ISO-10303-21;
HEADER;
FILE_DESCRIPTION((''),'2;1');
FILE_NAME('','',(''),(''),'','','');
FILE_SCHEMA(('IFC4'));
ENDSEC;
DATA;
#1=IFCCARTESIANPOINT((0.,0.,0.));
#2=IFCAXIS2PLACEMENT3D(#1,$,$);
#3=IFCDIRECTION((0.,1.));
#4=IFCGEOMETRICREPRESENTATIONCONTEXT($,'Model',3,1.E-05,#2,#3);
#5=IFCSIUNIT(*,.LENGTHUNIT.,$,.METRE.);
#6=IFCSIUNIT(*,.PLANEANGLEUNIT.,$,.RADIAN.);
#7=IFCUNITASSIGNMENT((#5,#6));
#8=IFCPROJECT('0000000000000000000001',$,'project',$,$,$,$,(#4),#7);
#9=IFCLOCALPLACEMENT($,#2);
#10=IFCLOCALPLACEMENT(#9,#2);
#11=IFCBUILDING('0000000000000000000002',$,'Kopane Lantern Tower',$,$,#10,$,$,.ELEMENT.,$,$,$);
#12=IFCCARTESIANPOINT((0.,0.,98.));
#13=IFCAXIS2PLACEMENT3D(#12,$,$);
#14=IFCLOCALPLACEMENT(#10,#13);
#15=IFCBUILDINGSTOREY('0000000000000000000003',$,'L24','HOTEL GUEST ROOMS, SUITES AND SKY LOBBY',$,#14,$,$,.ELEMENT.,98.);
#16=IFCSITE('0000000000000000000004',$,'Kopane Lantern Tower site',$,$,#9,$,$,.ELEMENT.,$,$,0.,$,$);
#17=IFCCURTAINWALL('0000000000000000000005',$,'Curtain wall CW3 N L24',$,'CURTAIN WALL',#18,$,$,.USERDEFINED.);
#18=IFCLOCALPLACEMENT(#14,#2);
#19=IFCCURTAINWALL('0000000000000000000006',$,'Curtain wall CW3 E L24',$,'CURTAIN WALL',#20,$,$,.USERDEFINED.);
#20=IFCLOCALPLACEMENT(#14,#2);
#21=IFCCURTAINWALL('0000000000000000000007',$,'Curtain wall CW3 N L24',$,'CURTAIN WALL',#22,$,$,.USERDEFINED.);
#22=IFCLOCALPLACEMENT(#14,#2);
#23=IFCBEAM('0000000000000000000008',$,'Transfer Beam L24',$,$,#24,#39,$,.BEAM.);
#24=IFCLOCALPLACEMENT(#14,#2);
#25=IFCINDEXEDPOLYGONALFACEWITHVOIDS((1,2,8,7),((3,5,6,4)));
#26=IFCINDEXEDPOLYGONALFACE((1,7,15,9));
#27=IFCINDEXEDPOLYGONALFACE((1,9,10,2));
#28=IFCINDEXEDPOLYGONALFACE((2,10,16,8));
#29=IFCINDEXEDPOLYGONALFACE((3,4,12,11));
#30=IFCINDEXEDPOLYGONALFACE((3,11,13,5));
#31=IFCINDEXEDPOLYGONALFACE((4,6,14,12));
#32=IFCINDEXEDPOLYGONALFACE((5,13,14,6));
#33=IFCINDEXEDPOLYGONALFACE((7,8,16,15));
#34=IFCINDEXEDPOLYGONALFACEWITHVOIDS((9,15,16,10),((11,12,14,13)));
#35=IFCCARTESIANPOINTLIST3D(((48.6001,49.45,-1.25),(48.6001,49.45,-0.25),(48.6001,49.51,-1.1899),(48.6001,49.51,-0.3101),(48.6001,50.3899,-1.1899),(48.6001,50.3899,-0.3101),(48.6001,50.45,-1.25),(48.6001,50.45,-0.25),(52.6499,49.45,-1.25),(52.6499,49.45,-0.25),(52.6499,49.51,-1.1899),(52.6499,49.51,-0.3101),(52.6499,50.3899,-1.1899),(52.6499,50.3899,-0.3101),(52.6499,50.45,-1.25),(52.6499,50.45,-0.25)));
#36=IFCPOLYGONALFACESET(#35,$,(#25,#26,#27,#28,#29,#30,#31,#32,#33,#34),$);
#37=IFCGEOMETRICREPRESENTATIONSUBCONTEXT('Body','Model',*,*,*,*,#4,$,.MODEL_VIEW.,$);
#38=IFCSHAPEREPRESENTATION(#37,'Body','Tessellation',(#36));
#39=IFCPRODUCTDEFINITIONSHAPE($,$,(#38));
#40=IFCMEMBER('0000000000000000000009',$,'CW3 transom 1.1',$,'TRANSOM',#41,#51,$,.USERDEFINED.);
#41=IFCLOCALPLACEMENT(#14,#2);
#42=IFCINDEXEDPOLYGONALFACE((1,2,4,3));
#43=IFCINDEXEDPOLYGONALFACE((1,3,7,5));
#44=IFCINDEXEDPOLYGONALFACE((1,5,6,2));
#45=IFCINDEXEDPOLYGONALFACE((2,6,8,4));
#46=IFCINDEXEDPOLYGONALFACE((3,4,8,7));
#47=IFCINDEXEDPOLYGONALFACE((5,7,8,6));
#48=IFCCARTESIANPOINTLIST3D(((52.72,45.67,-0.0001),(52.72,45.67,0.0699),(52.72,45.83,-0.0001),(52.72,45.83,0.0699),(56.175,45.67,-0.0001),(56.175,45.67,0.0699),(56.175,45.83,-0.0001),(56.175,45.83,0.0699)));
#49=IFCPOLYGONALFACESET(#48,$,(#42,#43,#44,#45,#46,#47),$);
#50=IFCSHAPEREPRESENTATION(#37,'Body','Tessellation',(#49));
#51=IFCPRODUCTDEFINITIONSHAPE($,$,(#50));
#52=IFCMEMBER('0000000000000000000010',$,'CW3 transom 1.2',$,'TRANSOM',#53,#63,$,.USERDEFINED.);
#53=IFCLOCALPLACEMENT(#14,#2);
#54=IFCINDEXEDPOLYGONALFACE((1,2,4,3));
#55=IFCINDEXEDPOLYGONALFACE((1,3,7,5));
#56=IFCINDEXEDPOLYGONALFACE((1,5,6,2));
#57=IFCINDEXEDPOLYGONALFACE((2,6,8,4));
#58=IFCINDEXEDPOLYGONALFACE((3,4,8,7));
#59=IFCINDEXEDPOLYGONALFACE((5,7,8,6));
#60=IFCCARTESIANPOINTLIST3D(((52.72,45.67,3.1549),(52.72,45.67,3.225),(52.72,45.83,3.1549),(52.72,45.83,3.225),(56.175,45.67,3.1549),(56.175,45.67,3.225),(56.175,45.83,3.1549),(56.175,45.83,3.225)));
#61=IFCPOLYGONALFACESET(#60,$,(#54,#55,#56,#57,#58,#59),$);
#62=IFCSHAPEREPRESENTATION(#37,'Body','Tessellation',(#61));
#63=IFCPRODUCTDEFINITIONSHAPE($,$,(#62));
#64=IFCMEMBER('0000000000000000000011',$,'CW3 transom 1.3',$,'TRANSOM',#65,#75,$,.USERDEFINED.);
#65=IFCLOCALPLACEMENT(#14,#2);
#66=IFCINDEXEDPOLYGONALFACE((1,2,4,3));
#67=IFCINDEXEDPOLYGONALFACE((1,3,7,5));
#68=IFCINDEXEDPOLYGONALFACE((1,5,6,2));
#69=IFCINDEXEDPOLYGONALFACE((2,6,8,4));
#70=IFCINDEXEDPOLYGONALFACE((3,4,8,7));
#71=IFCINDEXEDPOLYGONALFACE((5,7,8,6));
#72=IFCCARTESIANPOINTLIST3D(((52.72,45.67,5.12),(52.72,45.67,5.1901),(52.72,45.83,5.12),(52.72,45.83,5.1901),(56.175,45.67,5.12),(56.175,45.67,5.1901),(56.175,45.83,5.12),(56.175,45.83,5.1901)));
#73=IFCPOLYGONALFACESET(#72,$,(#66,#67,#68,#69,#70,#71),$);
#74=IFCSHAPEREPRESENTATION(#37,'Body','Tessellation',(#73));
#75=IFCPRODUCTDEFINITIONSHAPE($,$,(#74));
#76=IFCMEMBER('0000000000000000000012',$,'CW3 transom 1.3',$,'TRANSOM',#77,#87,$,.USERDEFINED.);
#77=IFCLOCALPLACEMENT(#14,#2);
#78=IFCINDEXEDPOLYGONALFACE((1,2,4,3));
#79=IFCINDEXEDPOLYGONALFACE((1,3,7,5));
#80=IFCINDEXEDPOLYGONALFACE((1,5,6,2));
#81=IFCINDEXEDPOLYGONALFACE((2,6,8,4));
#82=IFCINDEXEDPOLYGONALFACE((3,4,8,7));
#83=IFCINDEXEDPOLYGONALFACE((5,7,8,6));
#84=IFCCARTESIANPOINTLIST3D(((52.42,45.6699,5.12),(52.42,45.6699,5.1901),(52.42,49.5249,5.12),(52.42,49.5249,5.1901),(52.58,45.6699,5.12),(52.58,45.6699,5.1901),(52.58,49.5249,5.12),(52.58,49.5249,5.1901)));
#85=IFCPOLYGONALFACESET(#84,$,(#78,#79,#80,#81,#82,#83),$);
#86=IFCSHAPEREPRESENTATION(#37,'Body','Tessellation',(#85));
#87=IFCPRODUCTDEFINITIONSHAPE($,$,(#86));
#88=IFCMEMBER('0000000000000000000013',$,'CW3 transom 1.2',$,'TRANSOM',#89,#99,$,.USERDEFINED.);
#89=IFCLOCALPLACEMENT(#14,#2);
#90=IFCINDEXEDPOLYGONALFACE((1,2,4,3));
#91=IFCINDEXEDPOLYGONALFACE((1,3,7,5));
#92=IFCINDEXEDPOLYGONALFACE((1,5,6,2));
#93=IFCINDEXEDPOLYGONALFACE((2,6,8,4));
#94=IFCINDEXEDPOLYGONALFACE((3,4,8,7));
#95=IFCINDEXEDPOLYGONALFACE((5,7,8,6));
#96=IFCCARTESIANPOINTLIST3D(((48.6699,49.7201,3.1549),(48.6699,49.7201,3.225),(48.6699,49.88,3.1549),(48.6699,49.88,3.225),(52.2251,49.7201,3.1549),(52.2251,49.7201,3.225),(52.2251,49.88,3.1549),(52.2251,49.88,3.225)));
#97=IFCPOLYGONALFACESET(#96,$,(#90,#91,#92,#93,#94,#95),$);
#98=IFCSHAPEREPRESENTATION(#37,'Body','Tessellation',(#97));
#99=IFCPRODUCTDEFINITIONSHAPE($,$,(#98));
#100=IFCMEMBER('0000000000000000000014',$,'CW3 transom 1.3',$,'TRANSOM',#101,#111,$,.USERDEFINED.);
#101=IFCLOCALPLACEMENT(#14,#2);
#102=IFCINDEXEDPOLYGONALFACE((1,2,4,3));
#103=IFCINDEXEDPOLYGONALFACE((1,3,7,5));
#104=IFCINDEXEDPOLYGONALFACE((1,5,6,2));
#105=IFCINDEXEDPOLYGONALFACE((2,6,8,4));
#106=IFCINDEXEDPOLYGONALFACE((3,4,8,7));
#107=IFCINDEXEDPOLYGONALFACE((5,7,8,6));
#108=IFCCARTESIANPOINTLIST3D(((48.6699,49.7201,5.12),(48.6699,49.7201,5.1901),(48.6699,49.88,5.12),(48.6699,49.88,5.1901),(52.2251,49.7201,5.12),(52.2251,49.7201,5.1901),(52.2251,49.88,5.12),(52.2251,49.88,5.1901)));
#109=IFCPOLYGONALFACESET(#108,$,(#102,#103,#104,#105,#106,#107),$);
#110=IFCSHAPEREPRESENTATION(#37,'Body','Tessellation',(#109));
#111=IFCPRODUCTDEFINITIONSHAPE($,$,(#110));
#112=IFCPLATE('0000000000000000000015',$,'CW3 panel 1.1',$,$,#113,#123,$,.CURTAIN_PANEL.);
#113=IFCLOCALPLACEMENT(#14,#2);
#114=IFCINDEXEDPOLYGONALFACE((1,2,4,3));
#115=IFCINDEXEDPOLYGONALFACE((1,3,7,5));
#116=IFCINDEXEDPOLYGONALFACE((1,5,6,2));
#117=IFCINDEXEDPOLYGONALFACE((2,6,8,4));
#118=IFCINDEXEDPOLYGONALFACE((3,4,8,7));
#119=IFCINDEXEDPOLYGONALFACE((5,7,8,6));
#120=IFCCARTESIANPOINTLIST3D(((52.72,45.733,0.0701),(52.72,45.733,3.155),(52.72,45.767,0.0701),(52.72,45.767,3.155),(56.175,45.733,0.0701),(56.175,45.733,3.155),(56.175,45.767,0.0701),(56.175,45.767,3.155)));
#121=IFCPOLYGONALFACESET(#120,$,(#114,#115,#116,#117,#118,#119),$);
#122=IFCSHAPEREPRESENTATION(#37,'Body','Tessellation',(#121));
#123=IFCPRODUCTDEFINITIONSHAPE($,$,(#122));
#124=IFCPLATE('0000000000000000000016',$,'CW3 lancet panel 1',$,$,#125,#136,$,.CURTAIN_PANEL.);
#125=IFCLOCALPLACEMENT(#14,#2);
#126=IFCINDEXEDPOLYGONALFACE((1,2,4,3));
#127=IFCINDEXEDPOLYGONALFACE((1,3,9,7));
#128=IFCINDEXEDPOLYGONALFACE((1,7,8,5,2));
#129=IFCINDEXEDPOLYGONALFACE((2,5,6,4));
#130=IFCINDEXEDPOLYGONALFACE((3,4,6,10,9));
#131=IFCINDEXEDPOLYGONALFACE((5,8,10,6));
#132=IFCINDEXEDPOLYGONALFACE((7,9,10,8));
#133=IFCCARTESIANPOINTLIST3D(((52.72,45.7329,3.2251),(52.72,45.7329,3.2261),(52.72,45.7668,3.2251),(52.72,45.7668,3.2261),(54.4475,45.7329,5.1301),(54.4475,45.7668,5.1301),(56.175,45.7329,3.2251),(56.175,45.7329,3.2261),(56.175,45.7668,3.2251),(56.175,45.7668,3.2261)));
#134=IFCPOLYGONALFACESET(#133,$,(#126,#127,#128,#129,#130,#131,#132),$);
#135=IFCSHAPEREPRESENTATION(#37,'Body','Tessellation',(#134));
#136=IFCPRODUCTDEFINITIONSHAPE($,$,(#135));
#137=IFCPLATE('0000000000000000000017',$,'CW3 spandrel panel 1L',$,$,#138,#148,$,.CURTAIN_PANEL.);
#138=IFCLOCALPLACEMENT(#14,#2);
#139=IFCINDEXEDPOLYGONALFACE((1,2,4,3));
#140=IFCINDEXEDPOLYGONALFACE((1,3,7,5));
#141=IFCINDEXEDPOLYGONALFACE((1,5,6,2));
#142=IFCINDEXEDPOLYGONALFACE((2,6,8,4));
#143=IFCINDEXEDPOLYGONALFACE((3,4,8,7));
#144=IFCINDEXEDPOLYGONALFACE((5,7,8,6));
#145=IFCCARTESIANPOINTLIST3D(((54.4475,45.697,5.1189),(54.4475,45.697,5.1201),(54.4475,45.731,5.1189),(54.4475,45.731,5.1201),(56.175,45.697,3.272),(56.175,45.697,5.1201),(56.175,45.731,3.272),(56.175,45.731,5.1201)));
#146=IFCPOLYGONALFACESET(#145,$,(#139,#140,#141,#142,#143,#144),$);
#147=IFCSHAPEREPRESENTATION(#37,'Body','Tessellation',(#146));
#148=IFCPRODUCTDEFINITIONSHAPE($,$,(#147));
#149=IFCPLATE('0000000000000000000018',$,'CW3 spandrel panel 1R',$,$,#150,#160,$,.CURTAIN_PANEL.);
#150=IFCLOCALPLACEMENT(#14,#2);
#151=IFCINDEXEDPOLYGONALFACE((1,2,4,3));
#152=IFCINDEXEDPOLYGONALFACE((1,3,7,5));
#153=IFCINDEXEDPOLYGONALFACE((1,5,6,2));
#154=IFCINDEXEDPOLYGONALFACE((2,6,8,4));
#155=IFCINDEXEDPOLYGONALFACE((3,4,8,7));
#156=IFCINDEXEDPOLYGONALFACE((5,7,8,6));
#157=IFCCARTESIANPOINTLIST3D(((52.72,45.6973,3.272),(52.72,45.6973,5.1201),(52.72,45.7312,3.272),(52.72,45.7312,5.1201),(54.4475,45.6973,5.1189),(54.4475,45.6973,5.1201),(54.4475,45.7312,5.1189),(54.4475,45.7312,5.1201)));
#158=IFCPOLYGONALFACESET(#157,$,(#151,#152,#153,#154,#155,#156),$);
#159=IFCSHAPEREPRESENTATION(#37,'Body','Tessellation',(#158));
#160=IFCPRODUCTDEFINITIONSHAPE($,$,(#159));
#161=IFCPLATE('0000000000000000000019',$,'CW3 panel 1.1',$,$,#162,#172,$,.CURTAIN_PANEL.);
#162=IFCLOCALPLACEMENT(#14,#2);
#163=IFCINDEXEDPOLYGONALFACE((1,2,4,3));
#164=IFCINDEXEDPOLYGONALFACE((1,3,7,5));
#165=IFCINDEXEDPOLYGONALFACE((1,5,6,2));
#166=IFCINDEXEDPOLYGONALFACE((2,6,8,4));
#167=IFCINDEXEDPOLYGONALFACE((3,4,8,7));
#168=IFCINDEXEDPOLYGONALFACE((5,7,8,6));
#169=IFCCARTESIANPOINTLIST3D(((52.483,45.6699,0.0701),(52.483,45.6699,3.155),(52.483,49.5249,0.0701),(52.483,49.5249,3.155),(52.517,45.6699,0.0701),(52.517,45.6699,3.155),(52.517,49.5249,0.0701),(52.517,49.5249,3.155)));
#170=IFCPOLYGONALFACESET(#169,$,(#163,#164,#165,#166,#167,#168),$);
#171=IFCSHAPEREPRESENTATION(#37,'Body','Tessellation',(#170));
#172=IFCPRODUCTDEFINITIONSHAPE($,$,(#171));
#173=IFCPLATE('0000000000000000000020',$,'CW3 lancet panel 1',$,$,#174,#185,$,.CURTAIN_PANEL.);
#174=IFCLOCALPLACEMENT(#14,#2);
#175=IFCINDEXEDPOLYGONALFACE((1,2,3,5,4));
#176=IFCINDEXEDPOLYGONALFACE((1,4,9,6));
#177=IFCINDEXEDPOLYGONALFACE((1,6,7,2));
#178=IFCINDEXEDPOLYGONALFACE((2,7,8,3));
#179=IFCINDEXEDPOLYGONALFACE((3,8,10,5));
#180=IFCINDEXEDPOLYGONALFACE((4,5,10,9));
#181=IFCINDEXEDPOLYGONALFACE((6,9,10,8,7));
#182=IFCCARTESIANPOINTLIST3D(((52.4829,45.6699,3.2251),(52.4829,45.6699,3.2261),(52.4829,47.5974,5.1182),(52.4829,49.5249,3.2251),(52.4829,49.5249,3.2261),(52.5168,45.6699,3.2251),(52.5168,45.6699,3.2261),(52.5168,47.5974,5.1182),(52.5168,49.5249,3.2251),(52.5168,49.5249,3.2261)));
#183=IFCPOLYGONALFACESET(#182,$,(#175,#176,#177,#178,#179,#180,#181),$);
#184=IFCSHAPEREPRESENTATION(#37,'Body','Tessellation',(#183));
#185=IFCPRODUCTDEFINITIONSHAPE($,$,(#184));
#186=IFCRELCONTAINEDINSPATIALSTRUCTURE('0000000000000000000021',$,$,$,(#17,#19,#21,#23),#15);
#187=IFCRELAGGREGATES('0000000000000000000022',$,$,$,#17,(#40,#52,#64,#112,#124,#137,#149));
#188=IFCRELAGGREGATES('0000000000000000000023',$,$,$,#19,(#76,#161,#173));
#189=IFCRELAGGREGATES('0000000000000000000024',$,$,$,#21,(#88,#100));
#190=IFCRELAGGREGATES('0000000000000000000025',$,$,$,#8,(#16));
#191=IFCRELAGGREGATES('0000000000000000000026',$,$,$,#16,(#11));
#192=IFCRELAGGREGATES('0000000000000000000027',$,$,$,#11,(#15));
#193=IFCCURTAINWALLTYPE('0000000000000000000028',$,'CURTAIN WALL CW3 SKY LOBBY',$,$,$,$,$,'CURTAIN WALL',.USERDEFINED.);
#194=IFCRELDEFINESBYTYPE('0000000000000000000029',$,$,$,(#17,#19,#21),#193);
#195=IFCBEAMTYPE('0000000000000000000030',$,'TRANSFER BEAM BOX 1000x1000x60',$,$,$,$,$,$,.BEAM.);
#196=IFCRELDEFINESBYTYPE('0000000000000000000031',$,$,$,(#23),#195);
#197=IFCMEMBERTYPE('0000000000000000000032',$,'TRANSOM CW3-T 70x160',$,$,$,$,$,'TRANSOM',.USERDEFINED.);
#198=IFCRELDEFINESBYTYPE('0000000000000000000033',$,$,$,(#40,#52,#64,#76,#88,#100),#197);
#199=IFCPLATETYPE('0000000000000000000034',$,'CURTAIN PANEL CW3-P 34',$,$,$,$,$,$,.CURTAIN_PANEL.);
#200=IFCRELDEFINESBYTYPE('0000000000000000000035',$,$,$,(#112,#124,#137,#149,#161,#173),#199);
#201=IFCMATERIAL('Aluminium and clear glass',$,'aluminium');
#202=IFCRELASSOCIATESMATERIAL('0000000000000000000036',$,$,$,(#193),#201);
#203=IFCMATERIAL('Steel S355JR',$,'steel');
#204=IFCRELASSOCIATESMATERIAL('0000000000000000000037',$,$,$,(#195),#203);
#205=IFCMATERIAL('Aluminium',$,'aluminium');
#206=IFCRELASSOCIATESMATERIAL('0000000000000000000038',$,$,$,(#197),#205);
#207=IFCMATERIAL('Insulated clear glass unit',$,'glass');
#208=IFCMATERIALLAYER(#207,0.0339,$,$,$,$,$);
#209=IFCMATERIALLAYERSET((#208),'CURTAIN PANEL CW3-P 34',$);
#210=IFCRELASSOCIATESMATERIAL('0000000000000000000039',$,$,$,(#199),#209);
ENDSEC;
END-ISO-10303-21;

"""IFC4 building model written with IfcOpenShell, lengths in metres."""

from ifc_helpers import new_model, si_unit, direction, frame, origin, origin_2d, place, context, subcontext, project, spatial, polyline, rectangle, hollow_rectangle, outline, extrude, material, layer, layer_set, material_profile, profile_set, type_object, element, aggregate, save


model = new_model("IFC4")

# Units and contexts
model_context = context("Model", 3, precision=1e-05, world=origin(), true_north=direction((0.0, 1.0)))
body_context = subcontext(model_context, "Body", "Model", "MODEL_VIEW")
ifc_project = project(units=[si_unit("LENGTHUNIT", "METRE"), si_unit("PLANEANGLEUNIT", "RADIAN")], contexts=[model_context])

# Site, building, storey
site_placement = place(None, origin())
site = spatial("IfcSite", under=ifc_project, at=site_placement, Name="Kopane Lantern Tower site", CompositionType="ELEMENT", RefElevation=0.0)
building_placement = place(site_placement, origin())
building = spatial("IfcBuilding", under=site, at=building_placement, Name="Kopane Lantern Tower", CompositionType="ELEMENT")
storey_placement = place(building_placement, frame((0.0, 0.0, 98.0)))
storey = spatial("IfcBuildingStorey", under=building, at=storey_placement, Name="L24", Description="HOTEL GUEST ROOMS, SUITES AND SKY LOBBY", CompositionType="ELEMENT", Elevation=98.0)

# Curtain walls
ifc_material_1 = material(Name="Aluminium and clear glass", Category="aluminium")
curtain_wall_type = type_object("IfcCurtainWallType", Name="CURTAIN WALL CW3 SKY LOBBY", ElementType="CURTAIN WALL", PredefinedType="USERDEFINED", material=ifc_material_1)
curtain_wall_1_placement = place(storey_placement, origin())
curtain_wall_1 = element("IfcCurtainWall", 1, at=curtain_wall_1_placement, inside=storey, type_object=curtain_wall_type, Name="Curtain wall CW3 N L24", ObjectType="CURTAIN WALL", PredefinedType="USERDEFINED")
curtain_wall_2_placement = place(storey_placement, origin())
curtain_wall_2 = element("IfcCurtainWall", 2, at=curtain_wall_2_placement, inside=storey, type_object=curtain_wall_type, Name="Curtain wall CW3 E L24", ObjectType="CURTAIN WALL", PredefinedType="USERDEFINED")

# Curtain wall
curtain_wall_3_placement = place(storey_placement, origin())
curtain_wall_3 = element("IfcCurtainWall", 3, at=curtain_wall_3_placement, inside=storey, type_object=curtain_wall_type, Name="Curtain wall CW3 N L24", ObjectType="CURTAIN WALL", PredefinedType="USERDEFINED")

# Beam
ifc_material_2 = material(Name="Steel S355JR", Category="steel")
ifc_material_profile_1 = material_profile(ifc_material_2, hollow_rectangle(XDim=1.0, YDim=1.0, WallThickness=0.0601, at=origin_2d()), Name="BOX 1000x1000x60")
ifc_profile_set_1 = profile_set([ifc_material_profile_1], Name="Steel S355JR")
beam_type_1 = type_object("IfcBeamType", Name="TRANSFER BEAM BOX 1000x1000x60", PredefinedType="BEAM", material=ifc_profile_set_1)
beam_1_placement = place(storey_placement, frame((52.6499, 49.95, -0.75), z_axis=(-1.0, 0.0, 0.0), x_axis=(0.0, -1.0, 0.0)))
element("IfcBeam", 4, at=beam_1_placement, inside=storey, type_object=beam_type_1, Name="Transfer Beam L24", PredefinedType="BEAM", context=body_context, shape_type="SweptSolid", body=[
    extrude(hollow_rectangle(XDim=1.0, YDim=1.0, WallThickness=0.0601, at=origin_2d()), origin(), (0.0, 0.0, 1.0), 4.0498),
])

# Members
ifc_material_3 = material(Name="Aluminium", Category="aluminium")
ifc_material_profile_2 = material_profile(ifc_material_3, rectangle(XDim=0.1599, YDim=0.0701, at=origin_2d()), Name="AL 160x70")
ifc_profile_set_2 = profile_set([ifc_material_profile_2], Name="Aluminium")
member_type_1 = type_object("IfcMemberType", Name="TRANSOM CW3-T 70x160", ElementType="TRANSOM", PredefinedType="USERDEFINED", material=ifc_profile_set_2)
member_1_placement = place(storey_placement, frame((56.175, 45.75, 0.0349), z_axis=(-1.0, 0.0, 0.0), x_axis=(0.0, -1.0, 0.0)))
member_1 = element("IfcMember", 5, at=member_1_placement, type_object=member_type_1, Name="CW3 transom 1.1", ObjectType="TRANSOM", PredefinedType="USERDEFINED", context=body_context, shape_type="SweptSolid", body=[
    extrude(rectangle(XDim=0.1599, YDim=0.0701, at=origin_2d()), origin(), (0.0, 0.0, 1.0), 3.4551),
])
member_2_placement = place(storey_placement, frame((56.175, 45.75, 3.1899), z_axis=(-1.0, 0.0, 0.0), x_axis=(0.0, -1.0, 0.0)))
member_2 = element("IfcMember", 6, at=member_2_placement, type_object=member_type_1, Name="CW3 transom 1.2", ObjectType="TRANSOM", PredefinedType="USERDEFINED", context=body_context, shape_type="SweptSolid", body=[
    extrude(rectangle(XDim=0.1599, YDim=0.0701, at=origin_2d()), origin(), (0.0, 0.0, 1.0), 3.4551),
])
member_3_placement = place(storey_placement, frame((56.175, 45.75, 5.155), z_axis=(-1.0, 0.0, 0.0), x_axis=(0.0, -1.0, 0.0)))
member_3 = element("IfcMember", 7, at=member_3_placement, type_object=member_type_1, Name="CW3 transom 1.3", ObjectType="TRANSOM", PredefinedType="USERDEFINED", context=body_context, shape_type="SweptSolid", body=[
    extrude(rectangle(XDim=0.1599, YDim=0.0701, at=origin_2d()), origin(), (0.0, 0.0, 1.0), 3.4551),
])
member_4_placement = place(storey_placement, frame((52.5, 45.6699, 5.155), z_axis=(0.0, 1.0, 0.0), x_axis=(-1.0, 0.0, 0.0)))
member_4 = element("IfcMember", 8, at=member_4_placement, type_object=member_type_1, Name="CW3 transom 1.3", ObjectType="TRANSOM", PredefinedType="USERDEFINED", context=body_context, shape_type="SweptSolid", body=[
    extrude(rectangle(XDim=0.1599, YDim=0.0701, at=origin_2d()), origin(), (0.0, 0.0, 1.0), 3.855),
])
member_5_placement = place(storey_placement, frame((52.2251, 49.8, 3.1899), z_axis=(-1.0, 0.0, 0.0), x_axis=(0.0, -1.0, 0.0)))
member_5 = element("IfcMember", 9, at=member_5_placement, type_object=member_type_1, Name="CW3 transom 1.2", ObjectType="TRANSOM", PredefinedType="USERDEFINED", context=body_context, shape_type="SweptSolid", body=[
    extrude(rectangle(XDim=0.1599, YDim=0.0701, at=origin_2d()), origin(), (0.0, 0.0, 1.0), 3.5552),
])
member_6_placement = place(storey_placement, frame((52.2251, 49.8, 5.155), z_axis=(-1.0, 0.0, 0.0), x_axis=(0.0, -1.0, 0.0)))
member_6 = element("IfcMember", 10, at=member_6_placement, type_object=member_type_1, Name="CW3 transom 1.3", ObjectType="TRANSOM", PredefinedType="USERDEFINED", context=body_context, shape_type="SweptSolid", body=[
    extrude(rectangle(XDim=0.1599, YDim=0.0701, at=origin_2d()), origin(), (0.0, 0.0, 1.0), 3.5552),
])

# Plates
ifc_material_4 = material(Name="Insulated clear glass unit", Category="glass")
ifc_layer_1 = layer(ifc_material_4, 0.0339)
ifc_layer_set_1 = layer_set([ifc_layer_1], Name="CURTAIN PANEL CW3-P 34")
plate_type_1 = type_object("IfcPlateType", Name="CURTAIN PANEL CW3-P 34", PredefinedType="CURTAIN_PANEL", material=ifc_layer_set_1)
plate_1_placement = place(storey_placement, frame((54.4475, 45.75, 0.0701), z_axis=(0.0, 0.0, 1.0), x_axis=(-1.0, 0.0, 0.0)))
plate_1 = element("IfcPlate", 11, at=plate_1_placement, type_object=plate_type_1, Name="CW3 panel 1.1", PredefinedType="CURTAIN_PANEL", context=body_context, shape_type="SweptSolid", body=[
    extrude(rectangle(XDim=3.4551, YDim=0.0339, at=origin_2d()), origin(), (0.0, 0.0, 1.0), 3.085),
])
plate_2_placement = place(storey_placement, frame((56.175, 45.75, 3.2251), z_axis=(0.0, 0.0, 1.0), x_axis=(-1.0, 0.0, 0.0)))
plate_2 = element("IfcPlate", 12, at=plate_2_placement, type_object=plate_type_1, Name="CW3 lancet panel 1", PredefinedType="CURTAIN_PANEL", context=body_context, shape_type="SweptSolid", body=[
    extrude(outline(polyline([(0.0, 0.0), (3.4551, 0.0), (3.4551, 0.001), (1.7275, 1.905), (0.0, 0.001), (0.0, 0.0)])), frame((0.0, 0.0171, 0.0), z_axis=(0.0, -1.0, 0.0), x_axis=(1.0, 0.0, 0.0)), (0.0, 0.0, 1.0), 0.0339),
])
plate_3_placement = place(storey_placement, frame((56.175, 45.7141, 5.1201), z_axis=(0.0, 0.0, 1.0), x_axis=(-1.0, 0.0, 0.0)))
plate_3 = element("IfcPlate", 13, at=plate_3_placement, type_object=plate_type_1, Name="CW3 spandrel panel 1L", PredefinedType="CURTAIN_PANEL", context=body_context, shape_type="SweptSolid", body=[
    extrude(outline(polyline([(0.0, 0.0), (1.7275, 0.0), (1.7275, -0.0012), (0.0, -1.8481), (0.0, 0.0)])), frame((0.0, 0.0171, 0.0), z_axis=(0.0, -1.0, 0.0), x_axis=(1.0, 0.0, 0.0)), (0.0, 0.0, 1.0), 0.0339),
])
plate_4_placement = place(storey_placement, frame((52.72, 45.7141, 5.1201), z_axis=(0.0, 0.0, 1.0), x_axis=(1.0, 0.0, 0.0)))
plate_4 = element("IfcPlate", 14, at=plate_4_placement, type_object=plate_type_1, Name="CW3 spandrel panel 1R", PredefinedType="CURTAIN_PANEL", context=body_context, shape_type="SweptSolid", body=[
    extrude(outline(polyline([(0.0, 0.0), (1.7275, 0.0), (1.7275, -0.0012), (0.0, -1.8481), (0.0, 0.0)])), frame((0.0, 0.0171, 0.0), z_axis=(0.0, -1.0, 0.0), x_axis=(1.0, 0.0, 0.0)), (0.0, 0.0, 1.0), 0.0339),
])
aggregate(curtain_wall_1, [member_1, member_2, member_3, plate_1, plate_2, plate_3, plate_4])
plate_5_placement = place(storey_placement, frame((52.5, 47.5974, 0.0701), z_axis=(0.0, 0.0, 1.0), x_axis=(0.0, 1.0, 0.0)))
plate_5 = element("IfcPlate", 15, at=plate_5_placement, type_object=plate_type_1, Name="CW3 panel 1.1", PredefinedType="CURTAIN_PANEL", context=body_context, shape_type="SweptSolid", body=[
    extrude(rectangle(XDim=3.855, YDim=0.0339, at=origin_2d()), origin(), (0.0, 0.0, 1.0), 3.085),
])
plate_6_placement = place(storey_placement, frame((52.5, 45.6699, 3.2251), z_axis=(0.0, 0.0, 1.0), x_axis=(0.0, 1.0, 0.0)))
plate_6 = element("IfcPlate", 16, at=plate_6_placement, type_object=plate_type_1, Name="CW3 lancet panel 1", PredefinedType="CURTAIN_PANEL", context=body_context, shape_type="SweptSolid", body=[
    extrude(outline(polyline([(0.0, 0.0), (3.855, 0.0), (3.855, 0.001), (1.9275, 1.8931), (0.0, 0.001), (0.0, 0.0)])), frame((0.0, 0.0171, 0.0), z_axis=(0.0, -1.0, 0.0), x_axis=(1.0, 0.0, 0.0)), (0.0, 0.0, 1.0), 0.0339),
])
aggregate(curtain_wall_2, [member_4, plate_5, plate_6])
aggregate(curtain_wall_3, [member_5, member_6])

save(model, "model.ifc")
